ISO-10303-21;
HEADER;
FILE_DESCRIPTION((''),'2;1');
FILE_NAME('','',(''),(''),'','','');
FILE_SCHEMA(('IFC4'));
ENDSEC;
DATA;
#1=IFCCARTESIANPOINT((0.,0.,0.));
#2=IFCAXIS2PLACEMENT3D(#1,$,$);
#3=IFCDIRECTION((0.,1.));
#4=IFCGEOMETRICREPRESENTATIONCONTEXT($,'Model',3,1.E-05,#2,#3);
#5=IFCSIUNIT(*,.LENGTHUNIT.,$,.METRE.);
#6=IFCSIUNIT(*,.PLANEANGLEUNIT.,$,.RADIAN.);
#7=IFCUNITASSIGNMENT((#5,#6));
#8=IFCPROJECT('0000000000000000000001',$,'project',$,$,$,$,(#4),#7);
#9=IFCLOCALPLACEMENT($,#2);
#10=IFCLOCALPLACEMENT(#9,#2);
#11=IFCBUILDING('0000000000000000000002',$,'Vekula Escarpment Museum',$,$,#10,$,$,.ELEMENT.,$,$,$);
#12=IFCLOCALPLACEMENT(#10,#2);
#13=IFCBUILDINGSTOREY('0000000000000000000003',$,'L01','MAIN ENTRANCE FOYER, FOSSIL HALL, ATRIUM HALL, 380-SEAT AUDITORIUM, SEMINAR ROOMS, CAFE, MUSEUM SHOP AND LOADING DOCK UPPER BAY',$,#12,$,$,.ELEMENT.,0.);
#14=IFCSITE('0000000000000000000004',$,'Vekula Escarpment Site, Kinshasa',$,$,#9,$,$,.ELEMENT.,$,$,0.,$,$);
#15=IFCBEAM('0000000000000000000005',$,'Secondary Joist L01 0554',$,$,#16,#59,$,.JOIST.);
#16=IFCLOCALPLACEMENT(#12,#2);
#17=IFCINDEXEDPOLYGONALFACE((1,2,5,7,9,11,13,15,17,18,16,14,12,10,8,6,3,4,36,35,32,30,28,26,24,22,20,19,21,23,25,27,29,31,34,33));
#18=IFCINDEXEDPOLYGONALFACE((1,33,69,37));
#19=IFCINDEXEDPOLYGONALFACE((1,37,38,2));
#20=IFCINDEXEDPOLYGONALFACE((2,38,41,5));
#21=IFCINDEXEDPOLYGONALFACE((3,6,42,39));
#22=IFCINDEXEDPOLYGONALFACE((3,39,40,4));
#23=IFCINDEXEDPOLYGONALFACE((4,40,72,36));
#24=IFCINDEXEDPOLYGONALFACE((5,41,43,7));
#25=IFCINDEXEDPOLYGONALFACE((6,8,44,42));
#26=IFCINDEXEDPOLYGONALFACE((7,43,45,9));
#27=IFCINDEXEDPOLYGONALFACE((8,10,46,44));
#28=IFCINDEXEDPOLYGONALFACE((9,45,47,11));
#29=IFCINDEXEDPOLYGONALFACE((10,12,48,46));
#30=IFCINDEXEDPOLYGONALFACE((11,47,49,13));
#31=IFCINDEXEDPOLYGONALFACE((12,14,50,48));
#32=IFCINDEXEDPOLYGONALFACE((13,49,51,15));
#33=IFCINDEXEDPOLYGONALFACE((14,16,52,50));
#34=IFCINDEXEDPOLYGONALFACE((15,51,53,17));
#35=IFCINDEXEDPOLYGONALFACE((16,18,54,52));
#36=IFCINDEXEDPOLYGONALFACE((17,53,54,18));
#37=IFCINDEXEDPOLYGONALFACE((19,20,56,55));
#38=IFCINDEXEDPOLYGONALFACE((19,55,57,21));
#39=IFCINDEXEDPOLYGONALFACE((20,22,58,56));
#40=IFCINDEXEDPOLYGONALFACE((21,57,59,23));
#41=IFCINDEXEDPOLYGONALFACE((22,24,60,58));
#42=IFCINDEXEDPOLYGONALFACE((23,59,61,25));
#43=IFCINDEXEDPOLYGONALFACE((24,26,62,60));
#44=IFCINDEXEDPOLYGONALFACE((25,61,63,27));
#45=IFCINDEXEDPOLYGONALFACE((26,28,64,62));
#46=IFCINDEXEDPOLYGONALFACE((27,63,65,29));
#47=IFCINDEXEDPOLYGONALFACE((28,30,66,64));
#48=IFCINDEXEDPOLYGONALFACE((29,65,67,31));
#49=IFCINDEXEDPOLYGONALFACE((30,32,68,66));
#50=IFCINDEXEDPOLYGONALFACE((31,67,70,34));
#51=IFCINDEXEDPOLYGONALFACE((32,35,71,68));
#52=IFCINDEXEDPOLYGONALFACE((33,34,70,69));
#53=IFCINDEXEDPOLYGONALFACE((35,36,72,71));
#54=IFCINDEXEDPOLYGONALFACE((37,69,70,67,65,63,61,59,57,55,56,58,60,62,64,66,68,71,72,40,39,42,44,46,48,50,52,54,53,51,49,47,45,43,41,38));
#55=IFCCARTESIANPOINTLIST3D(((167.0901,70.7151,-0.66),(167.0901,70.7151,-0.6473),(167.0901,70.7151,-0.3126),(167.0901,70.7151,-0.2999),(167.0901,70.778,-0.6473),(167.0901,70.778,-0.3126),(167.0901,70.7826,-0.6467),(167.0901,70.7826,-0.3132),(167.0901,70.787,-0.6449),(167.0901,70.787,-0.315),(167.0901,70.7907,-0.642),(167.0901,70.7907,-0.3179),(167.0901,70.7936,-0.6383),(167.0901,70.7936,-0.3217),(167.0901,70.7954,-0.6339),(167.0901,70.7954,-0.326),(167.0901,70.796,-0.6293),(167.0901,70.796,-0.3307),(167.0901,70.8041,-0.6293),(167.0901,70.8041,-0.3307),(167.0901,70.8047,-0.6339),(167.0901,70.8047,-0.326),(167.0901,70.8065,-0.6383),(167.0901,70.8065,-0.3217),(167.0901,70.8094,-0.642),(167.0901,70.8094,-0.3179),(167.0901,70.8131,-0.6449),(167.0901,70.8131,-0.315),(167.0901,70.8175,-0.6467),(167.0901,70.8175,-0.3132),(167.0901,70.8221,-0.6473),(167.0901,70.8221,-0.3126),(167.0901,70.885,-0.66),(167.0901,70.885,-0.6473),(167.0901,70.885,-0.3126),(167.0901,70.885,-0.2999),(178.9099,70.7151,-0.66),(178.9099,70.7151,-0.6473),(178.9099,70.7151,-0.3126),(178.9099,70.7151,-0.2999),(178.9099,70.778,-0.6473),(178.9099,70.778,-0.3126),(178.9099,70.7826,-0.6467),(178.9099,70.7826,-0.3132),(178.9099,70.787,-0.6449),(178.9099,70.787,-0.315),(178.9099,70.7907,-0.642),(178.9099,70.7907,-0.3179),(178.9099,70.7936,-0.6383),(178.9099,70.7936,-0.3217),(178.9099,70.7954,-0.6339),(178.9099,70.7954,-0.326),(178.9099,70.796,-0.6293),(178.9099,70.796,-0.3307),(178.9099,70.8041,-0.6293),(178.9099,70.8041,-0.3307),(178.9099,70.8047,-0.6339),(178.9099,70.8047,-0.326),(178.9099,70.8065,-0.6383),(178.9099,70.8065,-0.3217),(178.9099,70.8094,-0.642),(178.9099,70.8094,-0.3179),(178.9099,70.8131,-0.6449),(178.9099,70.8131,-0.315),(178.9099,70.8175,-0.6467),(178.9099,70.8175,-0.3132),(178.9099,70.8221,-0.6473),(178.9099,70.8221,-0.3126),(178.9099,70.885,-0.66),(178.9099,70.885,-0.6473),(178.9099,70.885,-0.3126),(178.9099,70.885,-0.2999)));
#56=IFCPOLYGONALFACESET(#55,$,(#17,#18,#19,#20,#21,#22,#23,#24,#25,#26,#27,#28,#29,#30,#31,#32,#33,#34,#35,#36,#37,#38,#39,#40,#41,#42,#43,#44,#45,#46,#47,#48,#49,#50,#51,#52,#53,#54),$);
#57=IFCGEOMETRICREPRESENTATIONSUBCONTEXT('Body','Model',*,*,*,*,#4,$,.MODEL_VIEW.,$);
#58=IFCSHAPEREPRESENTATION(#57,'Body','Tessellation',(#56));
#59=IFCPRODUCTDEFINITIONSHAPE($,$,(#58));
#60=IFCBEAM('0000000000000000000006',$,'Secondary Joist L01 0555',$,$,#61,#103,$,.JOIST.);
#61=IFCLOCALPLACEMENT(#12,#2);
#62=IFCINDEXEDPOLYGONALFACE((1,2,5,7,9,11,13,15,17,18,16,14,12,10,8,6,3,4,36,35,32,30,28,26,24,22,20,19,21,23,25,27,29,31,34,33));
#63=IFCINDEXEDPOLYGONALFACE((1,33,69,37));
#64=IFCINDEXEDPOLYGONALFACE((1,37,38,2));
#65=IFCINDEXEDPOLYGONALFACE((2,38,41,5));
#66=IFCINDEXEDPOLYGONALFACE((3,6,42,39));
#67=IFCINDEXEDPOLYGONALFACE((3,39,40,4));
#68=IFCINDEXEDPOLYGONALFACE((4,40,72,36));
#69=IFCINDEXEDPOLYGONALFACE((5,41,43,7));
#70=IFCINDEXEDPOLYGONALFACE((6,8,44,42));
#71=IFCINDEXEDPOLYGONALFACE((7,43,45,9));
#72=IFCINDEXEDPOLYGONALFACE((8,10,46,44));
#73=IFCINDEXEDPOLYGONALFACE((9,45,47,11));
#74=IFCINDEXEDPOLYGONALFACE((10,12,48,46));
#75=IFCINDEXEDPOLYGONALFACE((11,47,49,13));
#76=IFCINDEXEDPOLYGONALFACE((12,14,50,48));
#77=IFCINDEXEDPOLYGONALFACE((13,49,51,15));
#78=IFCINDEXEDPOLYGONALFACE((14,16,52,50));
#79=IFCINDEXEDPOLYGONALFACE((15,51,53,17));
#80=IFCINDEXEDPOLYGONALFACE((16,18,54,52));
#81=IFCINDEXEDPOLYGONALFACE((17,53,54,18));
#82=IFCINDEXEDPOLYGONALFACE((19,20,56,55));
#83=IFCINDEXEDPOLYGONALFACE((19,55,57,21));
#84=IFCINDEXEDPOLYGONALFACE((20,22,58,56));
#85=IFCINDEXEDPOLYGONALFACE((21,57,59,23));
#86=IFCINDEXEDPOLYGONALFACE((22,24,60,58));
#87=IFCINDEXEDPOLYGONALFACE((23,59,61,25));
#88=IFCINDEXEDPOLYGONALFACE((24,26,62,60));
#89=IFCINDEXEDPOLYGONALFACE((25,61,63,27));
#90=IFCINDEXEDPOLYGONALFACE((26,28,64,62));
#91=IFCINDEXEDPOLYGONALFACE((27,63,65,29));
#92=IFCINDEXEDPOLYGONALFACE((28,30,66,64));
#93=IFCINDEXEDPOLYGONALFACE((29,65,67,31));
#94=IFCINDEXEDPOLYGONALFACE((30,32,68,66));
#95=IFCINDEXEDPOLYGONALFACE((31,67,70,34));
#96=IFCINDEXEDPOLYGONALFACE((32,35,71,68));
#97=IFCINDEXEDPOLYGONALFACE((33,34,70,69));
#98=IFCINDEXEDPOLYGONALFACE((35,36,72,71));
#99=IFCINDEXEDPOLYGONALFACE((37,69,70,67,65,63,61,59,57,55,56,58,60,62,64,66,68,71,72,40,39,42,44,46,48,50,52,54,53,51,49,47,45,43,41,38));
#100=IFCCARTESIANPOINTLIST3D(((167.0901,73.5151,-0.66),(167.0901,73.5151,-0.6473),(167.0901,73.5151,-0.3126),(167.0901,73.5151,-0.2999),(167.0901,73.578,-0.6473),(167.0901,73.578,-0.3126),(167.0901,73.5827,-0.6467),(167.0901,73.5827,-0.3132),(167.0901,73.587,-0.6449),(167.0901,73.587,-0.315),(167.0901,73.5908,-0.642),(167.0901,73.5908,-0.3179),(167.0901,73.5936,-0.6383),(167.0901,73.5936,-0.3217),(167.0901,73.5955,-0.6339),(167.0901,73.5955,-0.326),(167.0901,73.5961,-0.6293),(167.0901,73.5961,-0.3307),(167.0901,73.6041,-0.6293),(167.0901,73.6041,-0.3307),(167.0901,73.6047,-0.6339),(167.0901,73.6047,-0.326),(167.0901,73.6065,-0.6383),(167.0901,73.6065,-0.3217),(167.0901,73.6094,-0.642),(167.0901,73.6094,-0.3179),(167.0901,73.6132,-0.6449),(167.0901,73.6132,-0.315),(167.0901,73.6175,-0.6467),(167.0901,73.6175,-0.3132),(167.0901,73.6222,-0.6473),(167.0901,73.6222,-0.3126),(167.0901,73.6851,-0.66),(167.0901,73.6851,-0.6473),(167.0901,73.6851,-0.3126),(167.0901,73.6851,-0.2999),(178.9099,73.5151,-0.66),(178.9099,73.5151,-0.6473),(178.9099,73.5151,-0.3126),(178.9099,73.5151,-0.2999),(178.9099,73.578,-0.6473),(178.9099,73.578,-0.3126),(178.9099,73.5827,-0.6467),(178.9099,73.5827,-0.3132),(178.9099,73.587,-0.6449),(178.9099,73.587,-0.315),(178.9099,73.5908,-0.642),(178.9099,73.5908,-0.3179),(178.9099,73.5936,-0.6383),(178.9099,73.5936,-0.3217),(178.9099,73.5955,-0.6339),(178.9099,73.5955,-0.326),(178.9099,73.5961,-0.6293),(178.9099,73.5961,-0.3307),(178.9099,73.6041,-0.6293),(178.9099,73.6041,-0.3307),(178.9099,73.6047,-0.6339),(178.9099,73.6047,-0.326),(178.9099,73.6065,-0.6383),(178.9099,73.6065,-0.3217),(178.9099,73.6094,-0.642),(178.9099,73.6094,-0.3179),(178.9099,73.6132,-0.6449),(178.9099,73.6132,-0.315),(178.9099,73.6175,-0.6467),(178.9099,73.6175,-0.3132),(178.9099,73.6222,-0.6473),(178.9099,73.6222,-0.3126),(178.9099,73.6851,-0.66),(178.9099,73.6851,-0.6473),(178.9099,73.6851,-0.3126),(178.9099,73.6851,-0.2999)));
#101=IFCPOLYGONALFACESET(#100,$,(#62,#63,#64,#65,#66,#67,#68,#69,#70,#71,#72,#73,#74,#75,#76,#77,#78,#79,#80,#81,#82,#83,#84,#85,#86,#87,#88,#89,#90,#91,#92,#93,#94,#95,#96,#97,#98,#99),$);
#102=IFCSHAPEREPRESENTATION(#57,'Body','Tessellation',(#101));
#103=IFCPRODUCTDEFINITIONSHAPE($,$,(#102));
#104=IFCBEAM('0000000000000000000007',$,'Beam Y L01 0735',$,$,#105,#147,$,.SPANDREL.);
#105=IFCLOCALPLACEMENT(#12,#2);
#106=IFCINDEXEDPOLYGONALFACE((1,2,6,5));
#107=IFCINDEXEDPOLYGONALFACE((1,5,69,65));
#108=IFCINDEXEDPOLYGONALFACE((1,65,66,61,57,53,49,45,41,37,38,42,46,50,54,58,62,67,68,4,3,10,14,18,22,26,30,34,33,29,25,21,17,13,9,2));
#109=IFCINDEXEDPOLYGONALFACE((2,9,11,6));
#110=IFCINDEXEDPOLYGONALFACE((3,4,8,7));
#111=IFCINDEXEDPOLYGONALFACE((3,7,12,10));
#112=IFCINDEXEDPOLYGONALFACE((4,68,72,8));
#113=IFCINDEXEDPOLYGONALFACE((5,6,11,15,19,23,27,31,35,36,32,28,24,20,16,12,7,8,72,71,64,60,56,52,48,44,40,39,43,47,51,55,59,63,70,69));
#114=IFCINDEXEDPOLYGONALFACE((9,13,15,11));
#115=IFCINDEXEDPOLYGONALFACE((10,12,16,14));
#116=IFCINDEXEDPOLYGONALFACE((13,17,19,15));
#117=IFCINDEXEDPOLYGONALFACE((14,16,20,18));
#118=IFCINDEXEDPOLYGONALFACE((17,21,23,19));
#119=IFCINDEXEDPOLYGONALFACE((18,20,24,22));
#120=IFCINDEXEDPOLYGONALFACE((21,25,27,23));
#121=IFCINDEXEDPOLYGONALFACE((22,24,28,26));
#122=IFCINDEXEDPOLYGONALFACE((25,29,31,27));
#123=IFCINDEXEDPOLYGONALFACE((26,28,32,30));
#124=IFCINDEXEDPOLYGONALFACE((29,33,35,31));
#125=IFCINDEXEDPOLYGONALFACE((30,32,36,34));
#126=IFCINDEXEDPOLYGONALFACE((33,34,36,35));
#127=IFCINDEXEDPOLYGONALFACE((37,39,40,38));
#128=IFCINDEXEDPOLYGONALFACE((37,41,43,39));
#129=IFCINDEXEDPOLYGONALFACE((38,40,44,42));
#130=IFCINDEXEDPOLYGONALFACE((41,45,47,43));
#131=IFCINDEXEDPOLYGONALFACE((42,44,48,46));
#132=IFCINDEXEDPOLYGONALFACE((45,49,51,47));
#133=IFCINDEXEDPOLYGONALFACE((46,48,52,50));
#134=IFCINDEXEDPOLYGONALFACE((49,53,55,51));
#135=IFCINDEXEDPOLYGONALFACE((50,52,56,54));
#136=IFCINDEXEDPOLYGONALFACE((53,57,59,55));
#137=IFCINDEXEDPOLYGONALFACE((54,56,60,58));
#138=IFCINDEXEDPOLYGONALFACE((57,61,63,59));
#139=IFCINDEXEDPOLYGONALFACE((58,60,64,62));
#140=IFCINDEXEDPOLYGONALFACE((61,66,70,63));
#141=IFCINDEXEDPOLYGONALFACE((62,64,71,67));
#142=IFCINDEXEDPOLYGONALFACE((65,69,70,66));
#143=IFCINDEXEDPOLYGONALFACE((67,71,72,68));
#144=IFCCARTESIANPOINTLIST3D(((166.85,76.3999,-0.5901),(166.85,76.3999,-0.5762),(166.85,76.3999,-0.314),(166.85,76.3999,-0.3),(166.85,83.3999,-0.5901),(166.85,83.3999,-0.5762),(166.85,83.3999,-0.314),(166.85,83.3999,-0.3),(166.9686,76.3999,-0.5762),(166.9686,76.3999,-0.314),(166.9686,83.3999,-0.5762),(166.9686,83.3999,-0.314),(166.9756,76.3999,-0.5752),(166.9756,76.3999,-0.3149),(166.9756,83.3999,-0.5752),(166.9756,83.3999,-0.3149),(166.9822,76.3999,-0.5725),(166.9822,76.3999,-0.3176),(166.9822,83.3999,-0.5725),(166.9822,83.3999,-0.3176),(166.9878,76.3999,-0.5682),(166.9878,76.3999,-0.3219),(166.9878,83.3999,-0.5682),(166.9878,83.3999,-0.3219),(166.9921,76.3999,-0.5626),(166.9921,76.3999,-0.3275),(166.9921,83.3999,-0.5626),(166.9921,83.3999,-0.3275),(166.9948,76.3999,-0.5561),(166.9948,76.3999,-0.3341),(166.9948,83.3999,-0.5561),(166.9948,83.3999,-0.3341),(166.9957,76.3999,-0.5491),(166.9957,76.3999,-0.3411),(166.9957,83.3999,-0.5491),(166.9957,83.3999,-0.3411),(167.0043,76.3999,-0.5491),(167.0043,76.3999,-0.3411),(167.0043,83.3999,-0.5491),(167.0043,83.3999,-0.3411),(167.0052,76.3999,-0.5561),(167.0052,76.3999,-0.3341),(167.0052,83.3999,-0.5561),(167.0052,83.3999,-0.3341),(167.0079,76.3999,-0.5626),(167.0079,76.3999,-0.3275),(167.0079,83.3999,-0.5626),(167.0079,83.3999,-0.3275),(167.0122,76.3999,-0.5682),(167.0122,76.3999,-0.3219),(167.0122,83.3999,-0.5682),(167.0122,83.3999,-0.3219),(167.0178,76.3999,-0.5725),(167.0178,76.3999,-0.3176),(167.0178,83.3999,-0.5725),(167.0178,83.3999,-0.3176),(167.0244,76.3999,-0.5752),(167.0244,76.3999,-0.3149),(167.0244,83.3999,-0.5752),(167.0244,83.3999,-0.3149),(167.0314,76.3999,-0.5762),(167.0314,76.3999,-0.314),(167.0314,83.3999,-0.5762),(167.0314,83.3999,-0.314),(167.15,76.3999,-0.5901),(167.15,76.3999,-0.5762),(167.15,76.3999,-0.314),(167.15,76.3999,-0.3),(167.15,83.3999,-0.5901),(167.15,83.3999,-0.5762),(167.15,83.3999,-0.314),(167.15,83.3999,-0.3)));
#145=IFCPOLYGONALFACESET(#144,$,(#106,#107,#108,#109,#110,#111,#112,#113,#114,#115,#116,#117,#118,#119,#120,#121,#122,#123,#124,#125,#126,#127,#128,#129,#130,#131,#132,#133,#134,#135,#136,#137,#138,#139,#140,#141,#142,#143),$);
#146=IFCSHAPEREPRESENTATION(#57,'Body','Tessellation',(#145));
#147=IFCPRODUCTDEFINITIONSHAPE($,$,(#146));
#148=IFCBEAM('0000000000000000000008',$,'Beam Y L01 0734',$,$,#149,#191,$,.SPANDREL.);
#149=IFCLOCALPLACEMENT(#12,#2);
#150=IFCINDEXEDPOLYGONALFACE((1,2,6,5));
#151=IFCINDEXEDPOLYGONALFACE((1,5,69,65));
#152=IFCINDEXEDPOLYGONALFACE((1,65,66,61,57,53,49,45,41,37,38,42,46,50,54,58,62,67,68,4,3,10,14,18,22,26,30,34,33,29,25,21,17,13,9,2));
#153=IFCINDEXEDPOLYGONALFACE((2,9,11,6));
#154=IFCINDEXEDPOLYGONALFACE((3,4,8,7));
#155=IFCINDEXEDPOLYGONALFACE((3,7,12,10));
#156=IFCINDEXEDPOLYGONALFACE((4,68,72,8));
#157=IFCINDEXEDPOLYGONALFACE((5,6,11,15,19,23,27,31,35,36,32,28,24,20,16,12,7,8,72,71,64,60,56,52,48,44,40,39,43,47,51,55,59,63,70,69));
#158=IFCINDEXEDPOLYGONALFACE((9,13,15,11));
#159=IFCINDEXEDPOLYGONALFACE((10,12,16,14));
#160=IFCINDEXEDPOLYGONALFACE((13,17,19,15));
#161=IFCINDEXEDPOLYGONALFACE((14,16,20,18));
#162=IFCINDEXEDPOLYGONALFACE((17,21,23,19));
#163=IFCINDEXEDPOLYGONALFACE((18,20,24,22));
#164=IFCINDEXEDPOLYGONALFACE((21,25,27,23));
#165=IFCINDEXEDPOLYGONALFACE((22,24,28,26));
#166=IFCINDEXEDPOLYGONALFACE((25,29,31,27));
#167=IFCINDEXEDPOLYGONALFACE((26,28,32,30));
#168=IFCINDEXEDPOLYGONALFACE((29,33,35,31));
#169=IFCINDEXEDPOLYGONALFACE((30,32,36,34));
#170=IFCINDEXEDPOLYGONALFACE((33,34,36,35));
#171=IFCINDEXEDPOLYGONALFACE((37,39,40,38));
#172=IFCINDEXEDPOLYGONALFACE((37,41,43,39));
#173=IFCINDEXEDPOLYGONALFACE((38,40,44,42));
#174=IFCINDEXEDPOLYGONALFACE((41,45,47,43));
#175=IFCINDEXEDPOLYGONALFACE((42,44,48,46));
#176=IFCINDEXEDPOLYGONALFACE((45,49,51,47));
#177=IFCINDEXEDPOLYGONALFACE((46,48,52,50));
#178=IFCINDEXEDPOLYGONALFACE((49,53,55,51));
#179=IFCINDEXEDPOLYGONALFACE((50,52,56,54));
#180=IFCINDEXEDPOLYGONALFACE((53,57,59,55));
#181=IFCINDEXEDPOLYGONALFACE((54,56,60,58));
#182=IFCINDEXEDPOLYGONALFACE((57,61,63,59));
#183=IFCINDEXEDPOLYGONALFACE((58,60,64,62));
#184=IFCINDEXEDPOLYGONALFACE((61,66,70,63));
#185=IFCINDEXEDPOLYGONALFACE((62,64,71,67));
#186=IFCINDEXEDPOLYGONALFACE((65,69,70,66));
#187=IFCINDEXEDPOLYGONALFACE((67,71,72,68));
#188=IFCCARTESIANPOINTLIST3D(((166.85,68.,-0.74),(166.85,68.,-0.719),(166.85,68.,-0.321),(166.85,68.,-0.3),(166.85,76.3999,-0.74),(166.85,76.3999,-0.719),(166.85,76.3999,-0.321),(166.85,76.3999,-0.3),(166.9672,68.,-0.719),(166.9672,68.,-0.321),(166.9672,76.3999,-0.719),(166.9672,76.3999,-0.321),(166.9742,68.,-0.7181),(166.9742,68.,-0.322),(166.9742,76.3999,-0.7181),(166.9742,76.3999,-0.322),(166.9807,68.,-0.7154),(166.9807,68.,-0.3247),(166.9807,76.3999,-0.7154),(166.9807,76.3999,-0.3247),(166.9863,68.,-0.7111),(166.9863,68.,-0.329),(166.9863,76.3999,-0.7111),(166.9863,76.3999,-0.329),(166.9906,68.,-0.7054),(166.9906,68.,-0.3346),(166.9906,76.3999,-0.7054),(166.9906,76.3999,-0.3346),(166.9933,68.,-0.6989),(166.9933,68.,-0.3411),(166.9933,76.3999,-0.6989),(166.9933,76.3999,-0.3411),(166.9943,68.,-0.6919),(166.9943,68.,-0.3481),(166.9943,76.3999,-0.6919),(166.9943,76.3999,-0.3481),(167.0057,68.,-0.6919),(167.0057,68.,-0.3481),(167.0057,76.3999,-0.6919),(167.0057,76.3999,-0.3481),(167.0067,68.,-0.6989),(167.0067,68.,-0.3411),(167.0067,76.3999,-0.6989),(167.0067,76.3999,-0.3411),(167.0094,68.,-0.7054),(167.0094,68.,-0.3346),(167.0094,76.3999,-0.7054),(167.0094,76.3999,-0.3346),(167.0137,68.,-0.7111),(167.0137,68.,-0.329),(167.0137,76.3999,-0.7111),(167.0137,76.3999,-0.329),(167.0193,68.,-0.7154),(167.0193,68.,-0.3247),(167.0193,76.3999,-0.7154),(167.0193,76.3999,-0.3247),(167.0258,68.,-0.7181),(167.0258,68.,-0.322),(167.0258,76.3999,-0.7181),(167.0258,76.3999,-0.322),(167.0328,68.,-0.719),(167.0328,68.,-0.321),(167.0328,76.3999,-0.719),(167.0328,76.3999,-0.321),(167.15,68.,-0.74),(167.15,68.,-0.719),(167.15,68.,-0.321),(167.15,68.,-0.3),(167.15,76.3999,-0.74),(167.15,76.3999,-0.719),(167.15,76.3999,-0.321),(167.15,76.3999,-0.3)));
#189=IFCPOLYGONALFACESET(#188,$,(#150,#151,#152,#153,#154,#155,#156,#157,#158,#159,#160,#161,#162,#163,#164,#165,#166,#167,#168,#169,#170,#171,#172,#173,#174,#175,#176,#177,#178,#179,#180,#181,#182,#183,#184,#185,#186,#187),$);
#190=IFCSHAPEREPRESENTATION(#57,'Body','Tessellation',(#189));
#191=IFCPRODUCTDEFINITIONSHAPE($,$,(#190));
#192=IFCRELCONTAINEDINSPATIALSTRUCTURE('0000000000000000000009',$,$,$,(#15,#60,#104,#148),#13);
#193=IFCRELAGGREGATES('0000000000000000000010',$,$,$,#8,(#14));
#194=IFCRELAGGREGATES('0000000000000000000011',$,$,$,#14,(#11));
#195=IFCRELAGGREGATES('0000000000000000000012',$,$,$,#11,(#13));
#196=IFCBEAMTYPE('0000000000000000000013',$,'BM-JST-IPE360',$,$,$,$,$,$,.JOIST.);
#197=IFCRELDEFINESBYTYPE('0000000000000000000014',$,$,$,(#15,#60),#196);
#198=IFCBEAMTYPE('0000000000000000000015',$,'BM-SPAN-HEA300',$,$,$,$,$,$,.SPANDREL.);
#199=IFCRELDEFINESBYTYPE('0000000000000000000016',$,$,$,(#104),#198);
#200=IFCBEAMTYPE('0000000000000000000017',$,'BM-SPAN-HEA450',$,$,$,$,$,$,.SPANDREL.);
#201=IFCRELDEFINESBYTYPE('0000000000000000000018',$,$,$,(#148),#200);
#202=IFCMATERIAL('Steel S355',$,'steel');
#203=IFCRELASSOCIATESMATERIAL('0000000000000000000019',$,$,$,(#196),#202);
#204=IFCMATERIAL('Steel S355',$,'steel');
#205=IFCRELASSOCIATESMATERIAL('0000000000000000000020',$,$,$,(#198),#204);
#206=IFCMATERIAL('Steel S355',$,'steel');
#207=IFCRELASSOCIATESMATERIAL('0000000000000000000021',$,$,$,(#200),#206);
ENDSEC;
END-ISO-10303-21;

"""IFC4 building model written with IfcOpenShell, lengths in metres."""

from ifc_helpers import new_model, si_unit, direction, frame, origin, origin_2d, place, context, subcontext, project, spatial, i_section, extrude, material, material_profile, profile_set, type_object, element, save


model = new_model("IFC4")

# Units and contexts
model_context = context("Model", 3, precision=1e-05, world=origin(), true_north=direction((0.0, 1.0)))
body_context = subcontext(model_context, "Body", "Model", "MODEL_VIEW")
ifc_project = project(units=[si_unit("LENGTHUNIT", "METRE"), si_unit("PLANEANGLEUNIT", "RADIAN")], contexts=[model_context])

# Site, building, storey
site_placement = place(None, origin())
site = spatial("IfcSite", under=ifc_project, at=site_placement, Name="Vekula Escarpment Site, Kinshasa", CompositionType="ELEMENT", RefElevation=0.0)
building_placement = place(site_placement, origin())
building = spatial("IfcBuilding", under=site, at=building_placement, Name="Vekula Escarpment Museum", CompositionType="ELEMENT")
storey_placement = place(building_placement, origin())
storey = spatial("IfcBuildingStorey", under=building, at=storey_placement, Name="L01", Description="MAIN ENTRANCE FOYER, FOSSIL HALL, ATRIUM HALL, 380-SEAT AUDITORIUM, SEMINAR ROOMS, CAFE, MUSEUM SHOP AND LOADING DOCK UPPER BAY", CompositionType="ELEMENT", Elevation=0.0)

# Beams
ifc_material_1 = material(Name="Steel S355", Category="steel")
ifc_material_profile_1 = material_profile(ifc_material_1, i_section(OverallWidth=0.1699, OverallDepth=0.3601, WebThickness=0.0081, FlangeThickness=0.0127, FilletRadius=0.0181, at=origin_2d()), Name="IPE 360")
ifc_profile_set_1 = profile_set([ifc_material_profile_1], Name="Steel S355")
beam_type_1 = type_object("IfcBeamType", Name="BM-JST-IPE360", PredefinedType="JOIST", material=ifc_profile_set_1)
for number, where, z_axis, x_axis, name in (
    (1, (167.0901, 70.8, -0.48), (1.0, 0.0, 0.0), (0.0, 1.0, 0.0), "Secondary Joist L01 0554"),
    (2, (167.0901, 73.6001, -0.48), (1.0, 0.0, 0.0), (0.0, 1.0, 0.0), "Secondary Joist L01 0555"),
):
    element("IfcBeam", number, at=place(storey_placement, frame(where, z_axis=z_axis, x_axis=x_axis)), inside=storey, type_object=beam_type_1, Name=name, PredefinedType="JOIST", context=body_context, shape_type="SweptSolid", body=[
        extrude(i_section(OverallWidth=0.1699, OverallDepth=0.3601, WebThickness=0.0081, FlangeThickness=0.0127, FilletRadius=0.0181, at=origin_2d()), origin(), (0.0, 0.0, 1.0), 11.8198),
    ])
ifc_material_2 = material(Name="Steel S355", Category="steel")
ifc_material_profile_2 = material_profile(ifc_material_2, i_section(OverallWidth=0.3, OverallDepth=0.29, WebThickness=0.0085, FlangeThickness=0.0139, FilletRadius=0.0271, at=origin_2d()), Name="HEA 300")
ifc_profile_set_2 = profile_set([ifc_material_profile_2], Name="Steel S355")
beam_type_2 = type_object("IfcBeamType", Name="BM-SPAN-HEA300", PredefinedType="SPANDREL", material=ifc_profile_set_2)
beam_1_placement = place(storey_placement, frame((167.0, 76.3999, -0.4451), z_axis=(0.0, 1.0, 0.0), x_axis=(-1.0, 0.0, 0.0)))
element("IfcBeam", 3, at=beam_1_placement, inside=storey, type_object=beam_type_2, Name="Beam Y L01 0735", PredefinedType="SPANDREL", context=body_context, shape_type="SweptSolid", body=[
    extrude(i_section(OverallWidth=0.3, OverallDepth=0.29, WebThickness=0.0085, FlangeThickness=0.0139, FilletRadius=0.0271, at=origin_2d()), origin(), (0.0, 0.0, 1.0), 7.0),
])
ifc_material_3 = material(Name="Steel S355", Category="steel")
ifc_material_profile_3 = material_profile(ifc_material_3, i_section(OverallWidth=0.3, OverallDepth=0.4399, WebThickness=0.0115, FlangeThickness=0.021, FilletRadius=0.0271, at=origin_2d()), Name="HEA 450")
ifc_profile_set_3 = profile_set([ifc_material_profile_3], Name="Steel S355")
beam_type_3 = type_object("IfcBeamType", Name="BM-SPAN-HEA450", PredefinedType="SPANDREL", material=ifc_profile_set_3)
beam_2_placement = place(storey_placement, frame((167.0, 68.0, -0.52), z_axis=(0.0, 1.0, 0.0), x_axis=(-1.0, 0.0, 0.0)))
element("IfcBeam", 4, at=beam_2_placement, inside=storey, type_object=beam_type_3, Name="Beam Y L01 0734", PredefinedType="SPANDREL", context=body_context, shape_type="SweptSolid", body=[
    extrude(i_section(OverallWidth=0.3, OverallDepth=0.4399, WebThickness=0.0115, FlangeThickness=0.021, FilletRadius=0.0271, at=origin_2d()), origin(), (0.0, 0.0, 1.0), 8.3999),
])

save(model, "model.ifc")
